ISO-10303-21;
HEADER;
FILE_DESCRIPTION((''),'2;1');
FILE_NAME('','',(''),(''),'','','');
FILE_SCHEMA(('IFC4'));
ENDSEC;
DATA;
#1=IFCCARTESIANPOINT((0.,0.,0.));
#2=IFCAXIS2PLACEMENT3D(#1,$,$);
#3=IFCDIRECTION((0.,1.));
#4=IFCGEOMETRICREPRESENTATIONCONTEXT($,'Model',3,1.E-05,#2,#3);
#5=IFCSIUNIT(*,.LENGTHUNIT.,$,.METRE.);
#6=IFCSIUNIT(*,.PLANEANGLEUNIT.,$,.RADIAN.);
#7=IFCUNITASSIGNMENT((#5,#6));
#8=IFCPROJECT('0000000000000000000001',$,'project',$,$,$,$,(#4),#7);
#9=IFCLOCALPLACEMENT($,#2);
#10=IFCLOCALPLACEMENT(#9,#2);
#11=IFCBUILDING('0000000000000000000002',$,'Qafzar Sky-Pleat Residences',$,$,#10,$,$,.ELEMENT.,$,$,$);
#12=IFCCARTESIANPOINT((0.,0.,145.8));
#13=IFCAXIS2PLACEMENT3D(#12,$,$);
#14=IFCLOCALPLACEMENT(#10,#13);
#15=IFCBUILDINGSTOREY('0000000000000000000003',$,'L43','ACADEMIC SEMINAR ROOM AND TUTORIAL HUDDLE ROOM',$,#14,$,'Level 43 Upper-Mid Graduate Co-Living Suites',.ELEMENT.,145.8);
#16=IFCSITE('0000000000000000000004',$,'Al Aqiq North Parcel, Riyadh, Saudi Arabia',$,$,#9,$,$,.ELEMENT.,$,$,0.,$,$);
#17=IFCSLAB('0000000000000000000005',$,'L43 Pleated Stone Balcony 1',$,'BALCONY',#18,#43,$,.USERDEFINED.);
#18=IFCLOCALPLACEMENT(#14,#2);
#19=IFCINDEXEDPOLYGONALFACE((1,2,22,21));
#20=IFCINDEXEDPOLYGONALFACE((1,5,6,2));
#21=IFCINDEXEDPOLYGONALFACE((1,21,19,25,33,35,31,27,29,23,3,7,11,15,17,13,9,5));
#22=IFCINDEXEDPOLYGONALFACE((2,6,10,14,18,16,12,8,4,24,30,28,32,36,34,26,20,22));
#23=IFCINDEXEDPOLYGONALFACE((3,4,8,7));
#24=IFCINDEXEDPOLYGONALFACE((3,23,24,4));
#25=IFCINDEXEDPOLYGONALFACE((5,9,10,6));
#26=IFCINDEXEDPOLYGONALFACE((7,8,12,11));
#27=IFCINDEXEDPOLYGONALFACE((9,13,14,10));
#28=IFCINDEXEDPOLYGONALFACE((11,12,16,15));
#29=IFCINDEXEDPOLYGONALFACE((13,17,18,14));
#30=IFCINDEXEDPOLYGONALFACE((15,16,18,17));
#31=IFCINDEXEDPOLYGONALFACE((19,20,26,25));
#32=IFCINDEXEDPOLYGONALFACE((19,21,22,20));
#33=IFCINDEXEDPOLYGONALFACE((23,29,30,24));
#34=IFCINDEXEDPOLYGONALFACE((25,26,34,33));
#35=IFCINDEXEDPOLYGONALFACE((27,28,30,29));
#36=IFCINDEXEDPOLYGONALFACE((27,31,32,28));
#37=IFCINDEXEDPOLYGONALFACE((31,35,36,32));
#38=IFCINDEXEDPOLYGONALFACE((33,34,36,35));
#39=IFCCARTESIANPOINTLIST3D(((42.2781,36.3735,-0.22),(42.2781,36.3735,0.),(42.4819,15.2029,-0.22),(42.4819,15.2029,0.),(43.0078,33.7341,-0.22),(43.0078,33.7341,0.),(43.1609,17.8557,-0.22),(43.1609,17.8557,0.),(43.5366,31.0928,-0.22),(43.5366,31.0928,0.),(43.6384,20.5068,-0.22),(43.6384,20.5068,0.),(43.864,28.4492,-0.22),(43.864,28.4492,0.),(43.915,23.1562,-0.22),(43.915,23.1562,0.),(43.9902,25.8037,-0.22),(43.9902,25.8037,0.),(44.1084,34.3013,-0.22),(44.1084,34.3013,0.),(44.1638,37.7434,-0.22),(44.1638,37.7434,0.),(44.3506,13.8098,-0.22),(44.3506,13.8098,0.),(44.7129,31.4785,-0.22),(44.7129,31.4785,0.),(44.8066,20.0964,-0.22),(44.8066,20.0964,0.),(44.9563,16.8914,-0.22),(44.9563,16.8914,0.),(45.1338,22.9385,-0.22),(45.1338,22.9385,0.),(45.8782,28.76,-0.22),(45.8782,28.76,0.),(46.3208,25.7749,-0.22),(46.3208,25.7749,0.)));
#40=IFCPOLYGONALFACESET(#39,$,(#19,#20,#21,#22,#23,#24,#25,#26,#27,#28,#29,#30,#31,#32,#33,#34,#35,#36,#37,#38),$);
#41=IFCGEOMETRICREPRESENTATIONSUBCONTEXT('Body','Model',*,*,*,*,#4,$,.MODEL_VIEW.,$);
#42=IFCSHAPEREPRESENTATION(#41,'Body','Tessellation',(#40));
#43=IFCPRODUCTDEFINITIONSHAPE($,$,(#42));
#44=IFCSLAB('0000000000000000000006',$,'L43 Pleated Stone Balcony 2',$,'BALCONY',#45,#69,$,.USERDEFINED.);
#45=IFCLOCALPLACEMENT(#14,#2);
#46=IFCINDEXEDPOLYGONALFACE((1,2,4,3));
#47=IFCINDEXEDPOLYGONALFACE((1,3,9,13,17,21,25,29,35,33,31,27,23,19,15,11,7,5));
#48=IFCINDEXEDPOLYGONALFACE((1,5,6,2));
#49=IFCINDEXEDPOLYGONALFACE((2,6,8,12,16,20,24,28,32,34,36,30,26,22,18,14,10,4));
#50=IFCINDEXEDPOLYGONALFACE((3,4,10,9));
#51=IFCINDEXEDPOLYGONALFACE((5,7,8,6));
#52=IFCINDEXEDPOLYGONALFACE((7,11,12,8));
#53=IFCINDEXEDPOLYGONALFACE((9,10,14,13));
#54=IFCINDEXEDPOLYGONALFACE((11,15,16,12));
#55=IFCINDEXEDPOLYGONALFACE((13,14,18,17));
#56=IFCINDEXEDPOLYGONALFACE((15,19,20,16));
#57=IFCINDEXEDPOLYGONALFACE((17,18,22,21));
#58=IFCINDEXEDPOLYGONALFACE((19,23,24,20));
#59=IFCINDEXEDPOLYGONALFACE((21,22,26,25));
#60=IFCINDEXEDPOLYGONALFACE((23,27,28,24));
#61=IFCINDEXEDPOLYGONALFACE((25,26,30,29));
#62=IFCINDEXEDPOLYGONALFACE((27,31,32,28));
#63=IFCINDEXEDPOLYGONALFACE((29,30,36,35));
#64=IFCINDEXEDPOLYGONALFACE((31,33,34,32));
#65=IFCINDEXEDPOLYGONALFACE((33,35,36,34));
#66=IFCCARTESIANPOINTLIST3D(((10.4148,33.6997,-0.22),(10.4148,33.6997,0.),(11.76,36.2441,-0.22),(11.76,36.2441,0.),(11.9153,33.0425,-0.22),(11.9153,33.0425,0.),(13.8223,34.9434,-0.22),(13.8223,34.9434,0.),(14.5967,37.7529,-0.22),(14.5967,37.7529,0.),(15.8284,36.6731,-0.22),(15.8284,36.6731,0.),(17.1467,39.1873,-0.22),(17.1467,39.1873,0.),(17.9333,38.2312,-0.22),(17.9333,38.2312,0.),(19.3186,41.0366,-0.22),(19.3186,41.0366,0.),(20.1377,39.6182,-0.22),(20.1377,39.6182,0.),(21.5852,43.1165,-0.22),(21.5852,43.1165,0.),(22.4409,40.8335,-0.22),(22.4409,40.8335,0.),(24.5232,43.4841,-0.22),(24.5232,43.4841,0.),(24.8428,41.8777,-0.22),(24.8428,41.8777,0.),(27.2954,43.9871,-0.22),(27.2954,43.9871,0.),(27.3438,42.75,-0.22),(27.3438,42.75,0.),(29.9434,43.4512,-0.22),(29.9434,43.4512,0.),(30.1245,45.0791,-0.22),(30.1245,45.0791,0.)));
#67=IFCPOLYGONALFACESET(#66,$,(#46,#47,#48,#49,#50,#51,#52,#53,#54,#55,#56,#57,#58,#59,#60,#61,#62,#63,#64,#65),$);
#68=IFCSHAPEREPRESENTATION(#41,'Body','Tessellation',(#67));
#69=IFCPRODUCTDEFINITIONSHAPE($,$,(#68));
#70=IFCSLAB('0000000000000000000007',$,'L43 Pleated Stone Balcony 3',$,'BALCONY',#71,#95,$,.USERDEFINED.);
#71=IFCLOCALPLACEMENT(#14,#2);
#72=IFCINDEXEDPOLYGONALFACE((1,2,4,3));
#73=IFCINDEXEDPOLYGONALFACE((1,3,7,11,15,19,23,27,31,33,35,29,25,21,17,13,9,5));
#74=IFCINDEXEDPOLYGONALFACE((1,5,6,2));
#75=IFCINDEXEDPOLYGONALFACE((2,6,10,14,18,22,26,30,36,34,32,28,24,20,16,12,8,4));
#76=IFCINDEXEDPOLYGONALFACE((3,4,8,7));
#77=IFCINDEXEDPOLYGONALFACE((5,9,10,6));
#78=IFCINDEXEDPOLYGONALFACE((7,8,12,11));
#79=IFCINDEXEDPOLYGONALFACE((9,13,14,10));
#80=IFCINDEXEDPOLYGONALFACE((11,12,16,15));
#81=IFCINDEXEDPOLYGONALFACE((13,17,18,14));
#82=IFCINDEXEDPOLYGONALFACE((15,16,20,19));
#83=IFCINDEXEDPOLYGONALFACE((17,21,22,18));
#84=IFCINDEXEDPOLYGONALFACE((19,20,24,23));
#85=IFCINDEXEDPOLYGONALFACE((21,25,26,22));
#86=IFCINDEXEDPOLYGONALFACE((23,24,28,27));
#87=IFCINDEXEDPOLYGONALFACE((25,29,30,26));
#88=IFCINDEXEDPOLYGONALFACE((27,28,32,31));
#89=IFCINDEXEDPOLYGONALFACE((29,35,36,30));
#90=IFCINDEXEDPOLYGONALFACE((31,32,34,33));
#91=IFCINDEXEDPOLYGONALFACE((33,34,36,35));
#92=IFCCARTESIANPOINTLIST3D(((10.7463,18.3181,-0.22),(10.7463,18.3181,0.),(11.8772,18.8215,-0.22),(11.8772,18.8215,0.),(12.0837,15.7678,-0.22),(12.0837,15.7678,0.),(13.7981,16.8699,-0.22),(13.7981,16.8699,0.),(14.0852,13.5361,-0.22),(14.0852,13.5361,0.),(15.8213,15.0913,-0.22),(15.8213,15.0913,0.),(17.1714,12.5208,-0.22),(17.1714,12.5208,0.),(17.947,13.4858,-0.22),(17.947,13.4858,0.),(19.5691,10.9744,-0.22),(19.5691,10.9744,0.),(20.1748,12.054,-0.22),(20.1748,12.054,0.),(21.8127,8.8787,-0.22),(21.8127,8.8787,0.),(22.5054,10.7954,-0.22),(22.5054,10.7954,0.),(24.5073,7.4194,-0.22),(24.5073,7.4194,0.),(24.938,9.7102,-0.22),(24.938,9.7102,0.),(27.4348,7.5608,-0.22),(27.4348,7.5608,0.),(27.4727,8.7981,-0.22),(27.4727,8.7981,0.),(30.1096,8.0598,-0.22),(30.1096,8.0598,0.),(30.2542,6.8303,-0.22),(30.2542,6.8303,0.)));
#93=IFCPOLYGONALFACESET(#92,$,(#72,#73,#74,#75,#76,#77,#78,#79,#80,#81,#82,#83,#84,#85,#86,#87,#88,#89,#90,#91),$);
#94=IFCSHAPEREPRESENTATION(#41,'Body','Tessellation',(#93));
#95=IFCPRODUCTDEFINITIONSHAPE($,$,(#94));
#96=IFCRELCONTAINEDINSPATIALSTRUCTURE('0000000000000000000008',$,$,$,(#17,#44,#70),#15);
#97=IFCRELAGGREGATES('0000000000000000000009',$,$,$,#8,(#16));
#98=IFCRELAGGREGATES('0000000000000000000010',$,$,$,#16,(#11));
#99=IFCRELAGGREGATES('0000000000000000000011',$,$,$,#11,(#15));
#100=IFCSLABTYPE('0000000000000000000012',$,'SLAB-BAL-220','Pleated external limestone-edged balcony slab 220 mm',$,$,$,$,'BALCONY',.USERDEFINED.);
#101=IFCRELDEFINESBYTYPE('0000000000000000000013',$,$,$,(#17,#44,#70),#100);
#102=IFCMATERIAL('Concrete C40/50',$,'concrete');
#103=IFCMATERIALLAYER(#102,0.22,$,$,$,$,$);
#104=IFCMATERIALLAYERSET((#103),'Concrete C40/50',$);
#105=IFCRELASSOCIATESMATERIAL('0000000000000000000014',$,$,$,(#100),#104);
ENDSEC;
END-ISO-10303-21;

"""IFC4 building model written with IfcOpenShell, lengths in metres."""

from ifc_helpers import new_model, si_unit, direction, frame, origin, place, context, subcontext, project, spatial, polyline, outline, extrude, material, layer, layer_set, type_object, element, save


model = new_model("IFC4")

# Units and contexts
model_context = context("Model", 3, precision=1e-05, world=origin(), true_north=direction((0.0, 1.0)))
body_context = subcontext(model_context, "Body", "Model", "MODEL_VIEW")
ifc_project = project(units=[si_unit("LENGTHUNIT", "METRE"), si_unit("PLANEANGLEUNIT", "RADIAN")], contexts=[model_context])

# Site, building, storey
site_placement = place(None, origin())
site = spatial("IfcSite", under=ifc_project, at=site_placement, Name="Al Aqiq North Parcel, Riyadh, Saudi Arabia", CompositionType="ELEMENT", RefElevation=0.0)
building_placement = place(site_placement, origin())
building = spatial("IfcBuilding", under=site, at=building_placement, Name="Qafzar Sky-Pleat Residences", CompositionType="ELEMENT")
storey_placement = place(building_placement, frame((0.0, 0.0, 145.8)))
storey = spatial("IfcBuildingStorey", under=building, at=storey_placement, Name="L43", Description="ACADEMIC SEMINAR ROOM AND TUTORIAL HUDDLE ROOM", LongName="Level 43 Upper-Mid Graduate Co-Living Suites", CompositionType="ELEMENT", Elevation=145.8)

# Slabs
ifc_material_1 = material(Name="Concrete C40/50", Category="concrete")
ifc_layer_1 = layer(ifc_material_1, 0.22)
ifc_layer_set_1 = layer_set([ifc_layer_1], Name="Concrete C40/50")
slab_type_1 = type_object("IfcSlabType", Name="SLAB-BAL-220", Description="Pleated external limestone-edged balcony slab 220 mm", ElementType="BALCONY", PredefinedType="USERDEFINED", material=ifc_layer_set_1)
slab_1_placement = place(storey_placement, frame((0.0, 0.0, -0.22)))
element("IfcSlab", 1, at=slab_1_placement, inside=storey, type_object=slab_type_1, Name="L43 Pleated Stone Balcony 1", ObjectType="BALCONY", PredefinedType="USERDEFINED", context=body_context, shape_type="SweptSolid", body=[
    extrude(outline(polyline([(43.1609, 17.8557), (43.6384, 20.5068), (43.915, 23.1562), (43.9902, 25.8037), (43.864, 28.4492), (43.5366, 31.0928), (43.0078, 33.7341), (42.2781, 36.3735), (44.1638, 37.7434), (44.1084, 34.3013), (44.7129, 31.4785), (45.8782, 28.76), (46.3208, 25.7749), (45.1338, 22.9385), (44.8066, 20.0964), (44.9563, 16.8914), (44.3506, 13.8098), (42.4819, 15.2029), (43.1609, 17.8557)])), origin(), (0.0, 0.0, 1.0), 0.22),
])
slab_2_placement = place(storey_placement, frame((0.0, 0.0, -0.22)))
element("IfcSlab", 2, at=slab_2_placement, inside=storey, type_object=slab_type_1, Name="L43 Pleated Stone Balcony 2", ObjectType="BALCONY", PredefinedType="USERDEFINED", context=body_context, shape_type="SweptSolid", body=[
    extrude(outline(polyline([(27.3438, 42.75), (24.8428, 41.8777), (22.4409, 40.8335), (20.1377, 39.6182), (17.9333, 38.2312), (15.8284, 36.6731), (13.8223, 34.9434), (11.9153, 33.0425), (10.4148, 33.6997), (11.76, 36.2441), (14.5967, 37.7529), (17.1467, 39.1873), (19.3186, 41.0366), (21.5852, 43.1165), (24.5232, 43.4841), (27.2954, 43.9871), (30.1245, 45.0791), (29.9434, 43.4512), (27.3438, 42.75)])), origin(), (0.0, 0.0, 1.0), 0.22),
])
slab_3_placement = place(storey_placement, frame((0.0, 0.0, -0.22)))
element("IfcSlab", 3, at=slab_3_placement, inside=storey, type_object=slab_type_1, Name="L43 Pleated Stone Balcony 3", ObjectType="BALCONY", PredefinedType="USERDEFINED", context=body_context, shape_type="SweptSolid", body=[
    extrude(outline(polyline([(13.7981, 16.8699), (15.8213, 15.0913), (17.947, 13.4858), (20.1748, 12.054), (22.5054, 10.7954), (24.938, 9.7102), (27.4727, 8.7981), (30.1096, 8.0598), (30.2542, 6.8303), (27.4348, 7.5608), (24.5073, 7.4194), (21.8127, 8.8787), (19.5691, 10.9744), (17.1714, 12.5208), (14.0852, 13.5361), (12.0837, 15.7678), (10.7463, 18.3181), (11.8772, 18.8215), (13.7981, 16.8699)])), origin(), (0.0, 0.0, 1.0), 0.22),
])

save(model, "model.ifc")
